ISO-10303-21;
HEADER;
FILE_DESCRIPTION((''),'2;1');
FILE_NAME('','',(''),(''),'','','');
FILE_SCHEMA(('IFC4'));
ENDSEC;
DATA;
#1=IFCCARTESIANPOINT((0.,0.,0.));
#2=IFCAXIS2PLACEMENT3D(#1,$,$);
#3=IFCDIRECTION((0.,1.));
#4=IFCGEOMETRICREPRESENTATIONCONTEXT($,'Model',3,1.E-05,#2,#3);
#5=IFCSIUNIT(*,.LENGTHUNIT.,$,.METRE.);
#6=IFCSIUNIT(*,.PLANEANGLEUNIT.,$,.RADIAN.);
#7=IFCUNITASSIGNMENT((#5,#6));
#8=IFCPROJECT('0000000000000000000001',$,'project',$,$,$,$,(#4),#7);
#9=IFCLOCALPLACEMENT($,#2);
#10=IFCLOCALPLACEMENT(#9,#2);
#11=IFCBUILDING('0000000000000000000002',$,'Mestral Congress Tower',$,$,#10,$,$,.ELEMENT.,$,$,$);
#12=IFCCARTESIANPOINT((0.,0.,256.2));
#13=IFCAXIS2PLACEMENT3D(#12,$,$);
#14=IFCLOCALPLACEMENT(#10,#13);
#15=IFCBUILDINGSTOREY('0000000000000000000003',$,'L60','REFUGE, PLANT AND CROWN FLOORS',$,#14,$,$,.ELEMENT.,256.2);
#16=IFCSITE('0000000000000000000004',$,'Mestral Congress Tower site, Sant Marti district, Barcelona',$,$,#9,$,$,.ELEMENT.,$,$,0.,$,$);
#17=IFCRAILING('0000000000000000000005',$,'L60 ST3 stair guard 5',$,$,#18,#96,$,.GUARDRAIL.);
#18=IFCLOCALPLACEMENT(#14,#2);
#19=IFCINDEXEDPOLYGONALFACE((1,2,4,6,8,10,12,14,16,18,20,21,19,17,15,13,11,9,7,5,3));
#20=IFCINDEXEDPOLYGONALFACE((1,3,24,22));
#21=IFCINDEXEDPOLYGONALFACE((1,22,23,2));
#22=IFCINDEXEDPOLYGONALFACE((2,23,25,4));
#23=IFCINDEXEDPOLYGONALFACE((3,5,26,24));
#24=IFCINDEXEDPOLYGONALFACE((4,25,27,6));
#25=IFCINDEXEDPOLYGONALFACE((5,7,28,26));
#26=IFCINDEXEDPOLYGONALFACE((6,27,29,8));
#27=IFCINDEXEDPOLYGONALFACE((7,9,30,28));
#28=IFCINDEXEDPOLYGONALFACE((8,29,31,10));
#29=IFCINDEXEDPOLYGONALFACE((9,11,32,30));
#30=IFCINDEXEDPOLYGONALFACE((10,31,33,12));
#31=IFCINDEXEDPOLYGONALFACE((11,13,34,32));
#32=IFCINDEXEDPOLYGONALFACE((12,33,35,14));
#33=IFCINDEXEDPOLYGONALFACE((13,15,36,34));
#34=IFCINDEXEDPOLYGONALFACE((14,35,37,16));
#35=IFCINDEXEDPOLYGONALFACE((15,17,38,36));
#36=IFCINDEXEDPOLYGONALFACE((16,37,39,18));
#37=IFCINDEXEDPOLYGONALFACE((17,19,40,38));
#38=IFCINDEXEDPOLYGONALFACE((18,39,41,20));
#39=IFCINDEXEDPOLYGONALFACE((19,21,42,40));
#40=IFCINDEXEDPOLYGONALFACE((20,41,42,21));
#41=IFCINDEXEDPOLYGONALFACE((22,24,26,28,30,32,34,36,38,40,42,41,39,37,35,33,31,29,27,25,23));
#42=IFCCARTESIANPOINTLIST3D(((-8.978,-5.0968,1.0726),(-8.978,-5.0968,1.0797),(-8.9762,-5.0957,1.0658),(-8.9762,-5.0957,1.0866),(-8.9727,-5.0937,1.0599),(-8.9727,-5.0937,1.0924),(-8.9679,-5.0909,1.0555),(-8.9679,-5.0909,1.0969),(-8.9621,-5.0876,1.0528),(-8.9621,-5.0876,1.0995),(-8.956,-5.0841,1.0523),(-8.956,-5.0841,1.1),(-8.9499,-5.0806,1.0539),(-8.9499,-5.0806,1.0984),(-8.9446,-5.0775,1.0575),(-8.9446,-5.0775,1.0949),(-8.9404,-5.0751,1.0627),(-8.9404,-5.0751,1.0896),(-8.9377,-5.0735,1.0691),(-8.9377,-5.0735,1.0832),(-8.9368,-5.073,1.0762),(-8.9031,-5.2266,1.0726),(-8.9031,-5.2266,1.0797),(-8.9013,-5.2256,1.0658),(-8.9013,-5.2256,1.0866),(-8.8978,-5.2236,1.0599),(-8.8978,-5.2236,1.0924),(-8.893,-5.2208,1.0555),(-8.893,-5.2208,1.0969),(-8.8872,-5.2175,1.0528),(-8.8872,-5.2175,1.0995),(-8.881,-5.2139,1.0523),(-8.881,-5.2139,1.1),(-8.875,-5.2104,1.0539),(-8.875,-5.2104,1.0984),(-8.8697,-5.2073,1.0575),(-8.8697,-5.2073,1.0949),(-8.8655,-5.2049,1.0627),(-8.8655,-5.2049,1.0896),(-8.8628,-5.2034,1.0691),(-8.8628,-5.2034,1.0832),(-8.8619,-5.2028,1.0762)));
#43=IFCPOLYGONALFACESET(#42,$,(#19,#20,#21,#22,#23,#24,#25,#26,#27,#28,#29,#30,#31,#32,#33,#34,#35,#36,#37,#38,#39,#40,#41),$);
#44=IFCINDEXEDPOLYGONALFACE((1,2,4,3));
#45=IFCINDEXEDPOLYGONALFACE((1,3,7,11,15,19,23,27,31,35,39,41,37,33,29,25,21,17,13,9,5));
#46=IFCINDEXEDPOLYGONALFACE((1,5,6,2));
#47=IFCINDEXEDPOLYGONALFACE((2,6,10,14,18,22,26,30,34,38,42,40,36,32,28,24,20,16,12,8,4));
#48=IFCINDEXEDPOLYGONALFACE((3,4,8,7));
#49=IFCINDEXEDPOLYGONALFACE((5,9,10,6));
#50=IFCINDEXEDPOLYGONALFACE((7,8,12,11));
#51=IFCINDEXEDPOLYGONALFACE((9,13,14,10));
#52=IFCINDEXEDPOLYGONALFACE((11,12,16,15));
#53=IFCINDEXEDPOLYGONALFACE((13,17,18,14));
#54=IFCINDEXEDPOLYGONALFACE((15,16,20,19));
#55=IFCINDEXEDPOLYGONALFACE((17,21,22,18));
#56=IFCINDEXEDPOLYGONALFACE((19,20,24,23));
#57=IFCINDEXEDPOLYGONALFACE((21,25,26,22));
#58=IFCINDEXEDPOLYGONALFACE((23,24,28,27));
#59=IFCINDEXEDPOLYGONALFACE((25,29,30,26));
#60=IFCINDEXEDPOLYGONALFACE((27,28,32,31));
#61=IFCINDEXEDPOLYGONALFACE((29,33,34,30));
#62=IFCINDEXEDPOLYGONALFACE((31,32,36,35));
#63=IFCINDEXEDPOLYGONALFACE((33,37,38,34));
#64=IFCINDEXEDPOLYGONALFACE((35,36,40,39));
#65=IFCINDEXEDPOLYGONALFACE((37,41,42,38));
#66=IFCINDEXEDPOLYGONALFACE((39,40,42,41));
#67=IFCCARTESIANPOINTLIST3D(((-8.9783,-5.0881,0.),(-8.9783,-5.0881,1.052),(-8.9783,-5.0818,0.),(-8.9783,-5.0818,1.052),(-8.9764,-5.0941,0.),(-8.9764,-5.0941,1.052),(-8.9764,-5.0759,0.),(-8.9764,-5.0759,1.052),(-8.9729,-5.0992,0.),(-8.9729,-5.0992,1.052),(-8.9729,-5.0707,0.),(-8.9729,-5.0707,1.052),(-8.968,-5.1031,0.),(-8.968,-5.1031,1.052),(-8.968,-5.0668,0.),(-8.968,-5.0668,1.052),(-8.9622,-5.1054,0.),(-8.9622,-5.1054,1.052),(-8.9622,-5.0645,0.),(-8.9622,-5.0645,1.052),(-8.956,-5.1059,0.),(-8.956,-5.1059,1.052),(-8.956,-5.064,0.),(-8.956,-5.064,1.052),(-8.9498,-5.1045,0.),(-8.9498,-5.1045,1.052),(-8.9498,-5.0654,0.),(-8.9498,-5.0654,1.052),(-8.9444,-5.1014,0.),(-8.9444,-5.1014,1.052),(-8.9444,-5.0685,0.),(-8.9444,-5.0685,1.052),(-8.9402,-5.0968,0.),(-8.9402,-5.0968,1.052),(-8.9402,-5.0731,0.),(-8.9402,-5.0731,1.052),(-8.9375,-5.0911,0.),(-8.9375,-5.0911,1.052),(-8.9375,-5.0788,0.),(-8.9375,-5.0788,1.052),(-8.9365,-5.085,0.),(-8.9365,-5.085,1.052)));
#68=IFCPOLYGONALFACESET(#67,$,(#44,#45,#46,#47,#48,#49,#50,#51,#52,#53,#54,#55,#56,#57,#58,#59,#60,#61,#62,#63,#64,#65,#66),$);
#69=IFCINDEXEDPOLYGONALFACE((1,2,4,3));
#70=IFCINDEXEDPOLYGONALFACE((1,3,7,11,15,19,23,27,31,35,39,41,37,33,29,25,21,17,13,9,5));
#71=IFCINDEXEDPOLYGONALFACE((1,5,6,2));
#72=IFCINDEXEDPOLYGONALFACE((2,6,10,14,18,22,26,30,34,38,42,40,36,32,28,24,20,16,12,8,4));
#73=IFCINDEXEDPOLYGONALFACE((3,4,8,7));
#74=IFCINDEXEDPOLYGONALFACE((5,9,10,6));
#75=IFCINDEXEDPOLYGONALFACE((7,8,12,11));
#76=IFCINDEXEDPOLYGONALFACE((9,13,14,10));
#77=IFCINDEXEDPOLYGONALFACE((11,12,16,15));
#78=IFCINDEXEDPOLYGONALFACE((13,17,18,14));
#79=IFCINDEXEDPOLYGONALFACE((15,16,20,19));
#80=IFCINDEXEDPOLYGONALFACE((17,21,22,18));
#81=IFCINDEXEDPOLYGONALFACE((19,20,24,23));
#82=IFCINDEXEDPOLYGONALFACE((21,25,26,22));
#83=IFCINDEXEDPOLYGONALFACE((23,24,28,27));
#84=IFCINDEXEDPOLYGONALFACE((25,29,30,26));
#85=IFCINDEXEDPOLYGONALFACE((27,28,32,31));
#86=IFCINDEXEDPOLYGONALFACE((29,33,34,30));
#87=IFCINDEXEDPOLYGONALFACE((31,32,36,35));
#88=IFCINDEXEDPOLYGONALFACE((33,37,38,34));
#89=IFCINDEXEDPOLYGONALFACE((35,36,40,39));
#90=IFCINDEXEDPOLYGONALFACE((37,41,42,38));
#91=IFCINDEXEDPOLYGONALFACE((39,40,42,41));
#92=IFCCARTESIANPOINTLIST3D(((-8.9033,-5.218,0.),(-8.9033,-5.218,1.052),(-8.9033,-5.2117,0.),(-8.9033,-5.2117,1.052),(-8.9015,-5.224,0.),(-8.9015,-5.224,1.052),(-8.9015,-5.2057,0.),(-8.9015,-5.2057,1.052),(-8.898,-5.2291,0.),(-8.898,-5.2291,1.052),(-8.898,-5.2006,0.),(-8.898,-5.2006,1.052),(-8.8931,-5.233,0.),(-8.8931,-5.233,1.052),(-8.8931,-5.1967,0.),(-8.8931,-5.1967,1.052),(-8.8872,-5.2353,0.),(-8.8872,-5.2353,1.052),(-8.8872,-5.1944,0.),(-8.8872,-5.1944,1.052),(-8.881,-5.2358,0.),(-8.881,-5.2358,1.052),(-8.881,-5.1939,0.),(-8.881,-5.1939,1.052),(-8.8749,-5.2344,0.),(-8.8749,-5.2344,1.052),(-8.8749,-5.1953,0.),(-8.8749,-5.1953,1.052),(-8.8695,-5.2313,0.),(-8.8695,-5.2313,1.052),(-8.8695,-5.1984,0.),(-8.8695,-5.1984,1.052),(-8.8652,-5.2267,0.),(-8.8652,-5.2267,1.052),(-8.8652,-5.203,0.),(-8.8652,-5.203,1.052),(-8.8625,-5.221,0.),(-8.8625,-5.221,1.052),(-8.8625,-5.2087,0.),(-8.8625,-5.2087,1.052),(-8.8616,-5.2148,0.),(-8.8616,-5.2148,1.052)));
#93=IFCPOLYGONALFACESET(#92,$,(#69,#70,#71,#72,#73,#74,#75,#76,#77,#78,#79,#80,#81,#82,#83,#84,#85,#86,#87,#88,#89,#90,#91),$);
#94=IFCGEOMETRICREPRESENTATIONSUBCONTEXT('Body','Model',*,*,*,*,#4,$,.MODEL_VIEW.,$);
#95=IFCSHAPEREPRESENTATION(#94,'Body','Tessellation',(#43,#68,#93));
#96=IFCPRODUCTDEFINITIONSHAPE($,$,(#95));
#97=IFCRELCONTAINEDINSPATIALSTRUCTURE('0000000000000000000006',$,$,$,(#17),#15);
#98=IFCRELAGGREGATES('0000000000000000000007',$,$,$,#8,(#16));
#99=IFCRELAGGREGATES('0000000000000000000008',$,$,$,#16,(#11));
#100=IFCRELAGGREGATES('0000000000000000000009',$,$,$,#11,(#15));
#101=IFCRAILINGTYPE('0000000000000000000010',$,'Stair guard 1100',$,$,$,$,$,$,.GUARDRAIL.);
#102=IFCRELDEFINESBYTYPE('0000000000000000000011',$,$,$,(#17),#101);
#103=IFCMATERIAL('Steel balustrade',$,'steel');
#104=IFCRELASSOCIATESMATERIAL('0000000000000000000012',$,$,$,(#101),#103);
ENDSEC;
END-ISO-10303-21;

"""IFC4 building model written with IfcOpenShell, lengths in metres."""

from ifc_helpers import new_model, si_unit, direction, frame, origin, origin_2d, place, context, subcontext, project, spatial, circle, extrude, material, type_object, element, save


model = new_model("IFC4")

# Units and contexts
model_context = context("Model", 3, precision=1e-05, world=origin(), true_north=direction((0.0, 1.0)))
body_context = subcontext(model_context, "Body", "Model", "MODEL_VIEW")
ifc_project = project(units=[si_unit("LENGTHUNIT", "METRE"), si_unit("PLANEANGLEUNIT", "RADIAN")], contexts=[model_context])

# Site, building, storey
site_placement = place(None, origin())
site = spatial("IfcSite", under=ifc_project, at=site_placement, Name="Mestral Congress Tower site, Sant Marti district, Barcelona", CompositionType="ELEMENT", RefElevation=0.0)
building_placement = place(site_placement, origin())
building = spatial("IfcBuilding", under=site, at=building_placement, Name="Mestral Congress Tower", CompositionType="ELEMENT")
storey_placement = place(building_placement, frame((0.0, 0.0, 256.2)))
storey = spatial("IfcBuildingStorey", under=building, at=storey_placement, Name="L60", Description="REFUGE, PLANT AND CROWN FLOORS", CompositionType="ELEMENT", Elevation=256.2)

# Railing
ifc_material_1 = material(Name="Steel balustrade", Category="steel")
railing_type_1 = type_object("IfcRailingType", Name="Stair guard 1100", PredefinedType="GUARDRAIL", material=ifc_material_1)
railing_1_placement = place(storey_placement, frame((-8.9575, -5.085, 0.0)))
element("IfcRailing", 1, at=railing_1_placement, inside=storey, type_object=railing_type_1, Name="L60 ST3 stair guard 5", PredefinedType="GUARDRAIL", context=body_context, shape_type="SweptSolid", body=[
    extrude(circle(Radius=0.0239, at=origin_2d()), frame((0.0, 0.0, 1.0762), z_axis=(0.499816, -0.866131, 0.0), x_axis=(0.866131, 0.499816, 0.0)), (0.0, 0.0, 1.0), 0.1499),
    extrude(circle(Radius=0.021, at=origin_2d()), origin(), (0.0, 0.0, 1.0), 1.052),
    extrude(circle(Radius=0.021, at=origin_2d()), frame((0.075, -0.1299, 0.0)), (0.0, 0.0, 1.0), 1.052),
])

save(model, "model.ifc")
